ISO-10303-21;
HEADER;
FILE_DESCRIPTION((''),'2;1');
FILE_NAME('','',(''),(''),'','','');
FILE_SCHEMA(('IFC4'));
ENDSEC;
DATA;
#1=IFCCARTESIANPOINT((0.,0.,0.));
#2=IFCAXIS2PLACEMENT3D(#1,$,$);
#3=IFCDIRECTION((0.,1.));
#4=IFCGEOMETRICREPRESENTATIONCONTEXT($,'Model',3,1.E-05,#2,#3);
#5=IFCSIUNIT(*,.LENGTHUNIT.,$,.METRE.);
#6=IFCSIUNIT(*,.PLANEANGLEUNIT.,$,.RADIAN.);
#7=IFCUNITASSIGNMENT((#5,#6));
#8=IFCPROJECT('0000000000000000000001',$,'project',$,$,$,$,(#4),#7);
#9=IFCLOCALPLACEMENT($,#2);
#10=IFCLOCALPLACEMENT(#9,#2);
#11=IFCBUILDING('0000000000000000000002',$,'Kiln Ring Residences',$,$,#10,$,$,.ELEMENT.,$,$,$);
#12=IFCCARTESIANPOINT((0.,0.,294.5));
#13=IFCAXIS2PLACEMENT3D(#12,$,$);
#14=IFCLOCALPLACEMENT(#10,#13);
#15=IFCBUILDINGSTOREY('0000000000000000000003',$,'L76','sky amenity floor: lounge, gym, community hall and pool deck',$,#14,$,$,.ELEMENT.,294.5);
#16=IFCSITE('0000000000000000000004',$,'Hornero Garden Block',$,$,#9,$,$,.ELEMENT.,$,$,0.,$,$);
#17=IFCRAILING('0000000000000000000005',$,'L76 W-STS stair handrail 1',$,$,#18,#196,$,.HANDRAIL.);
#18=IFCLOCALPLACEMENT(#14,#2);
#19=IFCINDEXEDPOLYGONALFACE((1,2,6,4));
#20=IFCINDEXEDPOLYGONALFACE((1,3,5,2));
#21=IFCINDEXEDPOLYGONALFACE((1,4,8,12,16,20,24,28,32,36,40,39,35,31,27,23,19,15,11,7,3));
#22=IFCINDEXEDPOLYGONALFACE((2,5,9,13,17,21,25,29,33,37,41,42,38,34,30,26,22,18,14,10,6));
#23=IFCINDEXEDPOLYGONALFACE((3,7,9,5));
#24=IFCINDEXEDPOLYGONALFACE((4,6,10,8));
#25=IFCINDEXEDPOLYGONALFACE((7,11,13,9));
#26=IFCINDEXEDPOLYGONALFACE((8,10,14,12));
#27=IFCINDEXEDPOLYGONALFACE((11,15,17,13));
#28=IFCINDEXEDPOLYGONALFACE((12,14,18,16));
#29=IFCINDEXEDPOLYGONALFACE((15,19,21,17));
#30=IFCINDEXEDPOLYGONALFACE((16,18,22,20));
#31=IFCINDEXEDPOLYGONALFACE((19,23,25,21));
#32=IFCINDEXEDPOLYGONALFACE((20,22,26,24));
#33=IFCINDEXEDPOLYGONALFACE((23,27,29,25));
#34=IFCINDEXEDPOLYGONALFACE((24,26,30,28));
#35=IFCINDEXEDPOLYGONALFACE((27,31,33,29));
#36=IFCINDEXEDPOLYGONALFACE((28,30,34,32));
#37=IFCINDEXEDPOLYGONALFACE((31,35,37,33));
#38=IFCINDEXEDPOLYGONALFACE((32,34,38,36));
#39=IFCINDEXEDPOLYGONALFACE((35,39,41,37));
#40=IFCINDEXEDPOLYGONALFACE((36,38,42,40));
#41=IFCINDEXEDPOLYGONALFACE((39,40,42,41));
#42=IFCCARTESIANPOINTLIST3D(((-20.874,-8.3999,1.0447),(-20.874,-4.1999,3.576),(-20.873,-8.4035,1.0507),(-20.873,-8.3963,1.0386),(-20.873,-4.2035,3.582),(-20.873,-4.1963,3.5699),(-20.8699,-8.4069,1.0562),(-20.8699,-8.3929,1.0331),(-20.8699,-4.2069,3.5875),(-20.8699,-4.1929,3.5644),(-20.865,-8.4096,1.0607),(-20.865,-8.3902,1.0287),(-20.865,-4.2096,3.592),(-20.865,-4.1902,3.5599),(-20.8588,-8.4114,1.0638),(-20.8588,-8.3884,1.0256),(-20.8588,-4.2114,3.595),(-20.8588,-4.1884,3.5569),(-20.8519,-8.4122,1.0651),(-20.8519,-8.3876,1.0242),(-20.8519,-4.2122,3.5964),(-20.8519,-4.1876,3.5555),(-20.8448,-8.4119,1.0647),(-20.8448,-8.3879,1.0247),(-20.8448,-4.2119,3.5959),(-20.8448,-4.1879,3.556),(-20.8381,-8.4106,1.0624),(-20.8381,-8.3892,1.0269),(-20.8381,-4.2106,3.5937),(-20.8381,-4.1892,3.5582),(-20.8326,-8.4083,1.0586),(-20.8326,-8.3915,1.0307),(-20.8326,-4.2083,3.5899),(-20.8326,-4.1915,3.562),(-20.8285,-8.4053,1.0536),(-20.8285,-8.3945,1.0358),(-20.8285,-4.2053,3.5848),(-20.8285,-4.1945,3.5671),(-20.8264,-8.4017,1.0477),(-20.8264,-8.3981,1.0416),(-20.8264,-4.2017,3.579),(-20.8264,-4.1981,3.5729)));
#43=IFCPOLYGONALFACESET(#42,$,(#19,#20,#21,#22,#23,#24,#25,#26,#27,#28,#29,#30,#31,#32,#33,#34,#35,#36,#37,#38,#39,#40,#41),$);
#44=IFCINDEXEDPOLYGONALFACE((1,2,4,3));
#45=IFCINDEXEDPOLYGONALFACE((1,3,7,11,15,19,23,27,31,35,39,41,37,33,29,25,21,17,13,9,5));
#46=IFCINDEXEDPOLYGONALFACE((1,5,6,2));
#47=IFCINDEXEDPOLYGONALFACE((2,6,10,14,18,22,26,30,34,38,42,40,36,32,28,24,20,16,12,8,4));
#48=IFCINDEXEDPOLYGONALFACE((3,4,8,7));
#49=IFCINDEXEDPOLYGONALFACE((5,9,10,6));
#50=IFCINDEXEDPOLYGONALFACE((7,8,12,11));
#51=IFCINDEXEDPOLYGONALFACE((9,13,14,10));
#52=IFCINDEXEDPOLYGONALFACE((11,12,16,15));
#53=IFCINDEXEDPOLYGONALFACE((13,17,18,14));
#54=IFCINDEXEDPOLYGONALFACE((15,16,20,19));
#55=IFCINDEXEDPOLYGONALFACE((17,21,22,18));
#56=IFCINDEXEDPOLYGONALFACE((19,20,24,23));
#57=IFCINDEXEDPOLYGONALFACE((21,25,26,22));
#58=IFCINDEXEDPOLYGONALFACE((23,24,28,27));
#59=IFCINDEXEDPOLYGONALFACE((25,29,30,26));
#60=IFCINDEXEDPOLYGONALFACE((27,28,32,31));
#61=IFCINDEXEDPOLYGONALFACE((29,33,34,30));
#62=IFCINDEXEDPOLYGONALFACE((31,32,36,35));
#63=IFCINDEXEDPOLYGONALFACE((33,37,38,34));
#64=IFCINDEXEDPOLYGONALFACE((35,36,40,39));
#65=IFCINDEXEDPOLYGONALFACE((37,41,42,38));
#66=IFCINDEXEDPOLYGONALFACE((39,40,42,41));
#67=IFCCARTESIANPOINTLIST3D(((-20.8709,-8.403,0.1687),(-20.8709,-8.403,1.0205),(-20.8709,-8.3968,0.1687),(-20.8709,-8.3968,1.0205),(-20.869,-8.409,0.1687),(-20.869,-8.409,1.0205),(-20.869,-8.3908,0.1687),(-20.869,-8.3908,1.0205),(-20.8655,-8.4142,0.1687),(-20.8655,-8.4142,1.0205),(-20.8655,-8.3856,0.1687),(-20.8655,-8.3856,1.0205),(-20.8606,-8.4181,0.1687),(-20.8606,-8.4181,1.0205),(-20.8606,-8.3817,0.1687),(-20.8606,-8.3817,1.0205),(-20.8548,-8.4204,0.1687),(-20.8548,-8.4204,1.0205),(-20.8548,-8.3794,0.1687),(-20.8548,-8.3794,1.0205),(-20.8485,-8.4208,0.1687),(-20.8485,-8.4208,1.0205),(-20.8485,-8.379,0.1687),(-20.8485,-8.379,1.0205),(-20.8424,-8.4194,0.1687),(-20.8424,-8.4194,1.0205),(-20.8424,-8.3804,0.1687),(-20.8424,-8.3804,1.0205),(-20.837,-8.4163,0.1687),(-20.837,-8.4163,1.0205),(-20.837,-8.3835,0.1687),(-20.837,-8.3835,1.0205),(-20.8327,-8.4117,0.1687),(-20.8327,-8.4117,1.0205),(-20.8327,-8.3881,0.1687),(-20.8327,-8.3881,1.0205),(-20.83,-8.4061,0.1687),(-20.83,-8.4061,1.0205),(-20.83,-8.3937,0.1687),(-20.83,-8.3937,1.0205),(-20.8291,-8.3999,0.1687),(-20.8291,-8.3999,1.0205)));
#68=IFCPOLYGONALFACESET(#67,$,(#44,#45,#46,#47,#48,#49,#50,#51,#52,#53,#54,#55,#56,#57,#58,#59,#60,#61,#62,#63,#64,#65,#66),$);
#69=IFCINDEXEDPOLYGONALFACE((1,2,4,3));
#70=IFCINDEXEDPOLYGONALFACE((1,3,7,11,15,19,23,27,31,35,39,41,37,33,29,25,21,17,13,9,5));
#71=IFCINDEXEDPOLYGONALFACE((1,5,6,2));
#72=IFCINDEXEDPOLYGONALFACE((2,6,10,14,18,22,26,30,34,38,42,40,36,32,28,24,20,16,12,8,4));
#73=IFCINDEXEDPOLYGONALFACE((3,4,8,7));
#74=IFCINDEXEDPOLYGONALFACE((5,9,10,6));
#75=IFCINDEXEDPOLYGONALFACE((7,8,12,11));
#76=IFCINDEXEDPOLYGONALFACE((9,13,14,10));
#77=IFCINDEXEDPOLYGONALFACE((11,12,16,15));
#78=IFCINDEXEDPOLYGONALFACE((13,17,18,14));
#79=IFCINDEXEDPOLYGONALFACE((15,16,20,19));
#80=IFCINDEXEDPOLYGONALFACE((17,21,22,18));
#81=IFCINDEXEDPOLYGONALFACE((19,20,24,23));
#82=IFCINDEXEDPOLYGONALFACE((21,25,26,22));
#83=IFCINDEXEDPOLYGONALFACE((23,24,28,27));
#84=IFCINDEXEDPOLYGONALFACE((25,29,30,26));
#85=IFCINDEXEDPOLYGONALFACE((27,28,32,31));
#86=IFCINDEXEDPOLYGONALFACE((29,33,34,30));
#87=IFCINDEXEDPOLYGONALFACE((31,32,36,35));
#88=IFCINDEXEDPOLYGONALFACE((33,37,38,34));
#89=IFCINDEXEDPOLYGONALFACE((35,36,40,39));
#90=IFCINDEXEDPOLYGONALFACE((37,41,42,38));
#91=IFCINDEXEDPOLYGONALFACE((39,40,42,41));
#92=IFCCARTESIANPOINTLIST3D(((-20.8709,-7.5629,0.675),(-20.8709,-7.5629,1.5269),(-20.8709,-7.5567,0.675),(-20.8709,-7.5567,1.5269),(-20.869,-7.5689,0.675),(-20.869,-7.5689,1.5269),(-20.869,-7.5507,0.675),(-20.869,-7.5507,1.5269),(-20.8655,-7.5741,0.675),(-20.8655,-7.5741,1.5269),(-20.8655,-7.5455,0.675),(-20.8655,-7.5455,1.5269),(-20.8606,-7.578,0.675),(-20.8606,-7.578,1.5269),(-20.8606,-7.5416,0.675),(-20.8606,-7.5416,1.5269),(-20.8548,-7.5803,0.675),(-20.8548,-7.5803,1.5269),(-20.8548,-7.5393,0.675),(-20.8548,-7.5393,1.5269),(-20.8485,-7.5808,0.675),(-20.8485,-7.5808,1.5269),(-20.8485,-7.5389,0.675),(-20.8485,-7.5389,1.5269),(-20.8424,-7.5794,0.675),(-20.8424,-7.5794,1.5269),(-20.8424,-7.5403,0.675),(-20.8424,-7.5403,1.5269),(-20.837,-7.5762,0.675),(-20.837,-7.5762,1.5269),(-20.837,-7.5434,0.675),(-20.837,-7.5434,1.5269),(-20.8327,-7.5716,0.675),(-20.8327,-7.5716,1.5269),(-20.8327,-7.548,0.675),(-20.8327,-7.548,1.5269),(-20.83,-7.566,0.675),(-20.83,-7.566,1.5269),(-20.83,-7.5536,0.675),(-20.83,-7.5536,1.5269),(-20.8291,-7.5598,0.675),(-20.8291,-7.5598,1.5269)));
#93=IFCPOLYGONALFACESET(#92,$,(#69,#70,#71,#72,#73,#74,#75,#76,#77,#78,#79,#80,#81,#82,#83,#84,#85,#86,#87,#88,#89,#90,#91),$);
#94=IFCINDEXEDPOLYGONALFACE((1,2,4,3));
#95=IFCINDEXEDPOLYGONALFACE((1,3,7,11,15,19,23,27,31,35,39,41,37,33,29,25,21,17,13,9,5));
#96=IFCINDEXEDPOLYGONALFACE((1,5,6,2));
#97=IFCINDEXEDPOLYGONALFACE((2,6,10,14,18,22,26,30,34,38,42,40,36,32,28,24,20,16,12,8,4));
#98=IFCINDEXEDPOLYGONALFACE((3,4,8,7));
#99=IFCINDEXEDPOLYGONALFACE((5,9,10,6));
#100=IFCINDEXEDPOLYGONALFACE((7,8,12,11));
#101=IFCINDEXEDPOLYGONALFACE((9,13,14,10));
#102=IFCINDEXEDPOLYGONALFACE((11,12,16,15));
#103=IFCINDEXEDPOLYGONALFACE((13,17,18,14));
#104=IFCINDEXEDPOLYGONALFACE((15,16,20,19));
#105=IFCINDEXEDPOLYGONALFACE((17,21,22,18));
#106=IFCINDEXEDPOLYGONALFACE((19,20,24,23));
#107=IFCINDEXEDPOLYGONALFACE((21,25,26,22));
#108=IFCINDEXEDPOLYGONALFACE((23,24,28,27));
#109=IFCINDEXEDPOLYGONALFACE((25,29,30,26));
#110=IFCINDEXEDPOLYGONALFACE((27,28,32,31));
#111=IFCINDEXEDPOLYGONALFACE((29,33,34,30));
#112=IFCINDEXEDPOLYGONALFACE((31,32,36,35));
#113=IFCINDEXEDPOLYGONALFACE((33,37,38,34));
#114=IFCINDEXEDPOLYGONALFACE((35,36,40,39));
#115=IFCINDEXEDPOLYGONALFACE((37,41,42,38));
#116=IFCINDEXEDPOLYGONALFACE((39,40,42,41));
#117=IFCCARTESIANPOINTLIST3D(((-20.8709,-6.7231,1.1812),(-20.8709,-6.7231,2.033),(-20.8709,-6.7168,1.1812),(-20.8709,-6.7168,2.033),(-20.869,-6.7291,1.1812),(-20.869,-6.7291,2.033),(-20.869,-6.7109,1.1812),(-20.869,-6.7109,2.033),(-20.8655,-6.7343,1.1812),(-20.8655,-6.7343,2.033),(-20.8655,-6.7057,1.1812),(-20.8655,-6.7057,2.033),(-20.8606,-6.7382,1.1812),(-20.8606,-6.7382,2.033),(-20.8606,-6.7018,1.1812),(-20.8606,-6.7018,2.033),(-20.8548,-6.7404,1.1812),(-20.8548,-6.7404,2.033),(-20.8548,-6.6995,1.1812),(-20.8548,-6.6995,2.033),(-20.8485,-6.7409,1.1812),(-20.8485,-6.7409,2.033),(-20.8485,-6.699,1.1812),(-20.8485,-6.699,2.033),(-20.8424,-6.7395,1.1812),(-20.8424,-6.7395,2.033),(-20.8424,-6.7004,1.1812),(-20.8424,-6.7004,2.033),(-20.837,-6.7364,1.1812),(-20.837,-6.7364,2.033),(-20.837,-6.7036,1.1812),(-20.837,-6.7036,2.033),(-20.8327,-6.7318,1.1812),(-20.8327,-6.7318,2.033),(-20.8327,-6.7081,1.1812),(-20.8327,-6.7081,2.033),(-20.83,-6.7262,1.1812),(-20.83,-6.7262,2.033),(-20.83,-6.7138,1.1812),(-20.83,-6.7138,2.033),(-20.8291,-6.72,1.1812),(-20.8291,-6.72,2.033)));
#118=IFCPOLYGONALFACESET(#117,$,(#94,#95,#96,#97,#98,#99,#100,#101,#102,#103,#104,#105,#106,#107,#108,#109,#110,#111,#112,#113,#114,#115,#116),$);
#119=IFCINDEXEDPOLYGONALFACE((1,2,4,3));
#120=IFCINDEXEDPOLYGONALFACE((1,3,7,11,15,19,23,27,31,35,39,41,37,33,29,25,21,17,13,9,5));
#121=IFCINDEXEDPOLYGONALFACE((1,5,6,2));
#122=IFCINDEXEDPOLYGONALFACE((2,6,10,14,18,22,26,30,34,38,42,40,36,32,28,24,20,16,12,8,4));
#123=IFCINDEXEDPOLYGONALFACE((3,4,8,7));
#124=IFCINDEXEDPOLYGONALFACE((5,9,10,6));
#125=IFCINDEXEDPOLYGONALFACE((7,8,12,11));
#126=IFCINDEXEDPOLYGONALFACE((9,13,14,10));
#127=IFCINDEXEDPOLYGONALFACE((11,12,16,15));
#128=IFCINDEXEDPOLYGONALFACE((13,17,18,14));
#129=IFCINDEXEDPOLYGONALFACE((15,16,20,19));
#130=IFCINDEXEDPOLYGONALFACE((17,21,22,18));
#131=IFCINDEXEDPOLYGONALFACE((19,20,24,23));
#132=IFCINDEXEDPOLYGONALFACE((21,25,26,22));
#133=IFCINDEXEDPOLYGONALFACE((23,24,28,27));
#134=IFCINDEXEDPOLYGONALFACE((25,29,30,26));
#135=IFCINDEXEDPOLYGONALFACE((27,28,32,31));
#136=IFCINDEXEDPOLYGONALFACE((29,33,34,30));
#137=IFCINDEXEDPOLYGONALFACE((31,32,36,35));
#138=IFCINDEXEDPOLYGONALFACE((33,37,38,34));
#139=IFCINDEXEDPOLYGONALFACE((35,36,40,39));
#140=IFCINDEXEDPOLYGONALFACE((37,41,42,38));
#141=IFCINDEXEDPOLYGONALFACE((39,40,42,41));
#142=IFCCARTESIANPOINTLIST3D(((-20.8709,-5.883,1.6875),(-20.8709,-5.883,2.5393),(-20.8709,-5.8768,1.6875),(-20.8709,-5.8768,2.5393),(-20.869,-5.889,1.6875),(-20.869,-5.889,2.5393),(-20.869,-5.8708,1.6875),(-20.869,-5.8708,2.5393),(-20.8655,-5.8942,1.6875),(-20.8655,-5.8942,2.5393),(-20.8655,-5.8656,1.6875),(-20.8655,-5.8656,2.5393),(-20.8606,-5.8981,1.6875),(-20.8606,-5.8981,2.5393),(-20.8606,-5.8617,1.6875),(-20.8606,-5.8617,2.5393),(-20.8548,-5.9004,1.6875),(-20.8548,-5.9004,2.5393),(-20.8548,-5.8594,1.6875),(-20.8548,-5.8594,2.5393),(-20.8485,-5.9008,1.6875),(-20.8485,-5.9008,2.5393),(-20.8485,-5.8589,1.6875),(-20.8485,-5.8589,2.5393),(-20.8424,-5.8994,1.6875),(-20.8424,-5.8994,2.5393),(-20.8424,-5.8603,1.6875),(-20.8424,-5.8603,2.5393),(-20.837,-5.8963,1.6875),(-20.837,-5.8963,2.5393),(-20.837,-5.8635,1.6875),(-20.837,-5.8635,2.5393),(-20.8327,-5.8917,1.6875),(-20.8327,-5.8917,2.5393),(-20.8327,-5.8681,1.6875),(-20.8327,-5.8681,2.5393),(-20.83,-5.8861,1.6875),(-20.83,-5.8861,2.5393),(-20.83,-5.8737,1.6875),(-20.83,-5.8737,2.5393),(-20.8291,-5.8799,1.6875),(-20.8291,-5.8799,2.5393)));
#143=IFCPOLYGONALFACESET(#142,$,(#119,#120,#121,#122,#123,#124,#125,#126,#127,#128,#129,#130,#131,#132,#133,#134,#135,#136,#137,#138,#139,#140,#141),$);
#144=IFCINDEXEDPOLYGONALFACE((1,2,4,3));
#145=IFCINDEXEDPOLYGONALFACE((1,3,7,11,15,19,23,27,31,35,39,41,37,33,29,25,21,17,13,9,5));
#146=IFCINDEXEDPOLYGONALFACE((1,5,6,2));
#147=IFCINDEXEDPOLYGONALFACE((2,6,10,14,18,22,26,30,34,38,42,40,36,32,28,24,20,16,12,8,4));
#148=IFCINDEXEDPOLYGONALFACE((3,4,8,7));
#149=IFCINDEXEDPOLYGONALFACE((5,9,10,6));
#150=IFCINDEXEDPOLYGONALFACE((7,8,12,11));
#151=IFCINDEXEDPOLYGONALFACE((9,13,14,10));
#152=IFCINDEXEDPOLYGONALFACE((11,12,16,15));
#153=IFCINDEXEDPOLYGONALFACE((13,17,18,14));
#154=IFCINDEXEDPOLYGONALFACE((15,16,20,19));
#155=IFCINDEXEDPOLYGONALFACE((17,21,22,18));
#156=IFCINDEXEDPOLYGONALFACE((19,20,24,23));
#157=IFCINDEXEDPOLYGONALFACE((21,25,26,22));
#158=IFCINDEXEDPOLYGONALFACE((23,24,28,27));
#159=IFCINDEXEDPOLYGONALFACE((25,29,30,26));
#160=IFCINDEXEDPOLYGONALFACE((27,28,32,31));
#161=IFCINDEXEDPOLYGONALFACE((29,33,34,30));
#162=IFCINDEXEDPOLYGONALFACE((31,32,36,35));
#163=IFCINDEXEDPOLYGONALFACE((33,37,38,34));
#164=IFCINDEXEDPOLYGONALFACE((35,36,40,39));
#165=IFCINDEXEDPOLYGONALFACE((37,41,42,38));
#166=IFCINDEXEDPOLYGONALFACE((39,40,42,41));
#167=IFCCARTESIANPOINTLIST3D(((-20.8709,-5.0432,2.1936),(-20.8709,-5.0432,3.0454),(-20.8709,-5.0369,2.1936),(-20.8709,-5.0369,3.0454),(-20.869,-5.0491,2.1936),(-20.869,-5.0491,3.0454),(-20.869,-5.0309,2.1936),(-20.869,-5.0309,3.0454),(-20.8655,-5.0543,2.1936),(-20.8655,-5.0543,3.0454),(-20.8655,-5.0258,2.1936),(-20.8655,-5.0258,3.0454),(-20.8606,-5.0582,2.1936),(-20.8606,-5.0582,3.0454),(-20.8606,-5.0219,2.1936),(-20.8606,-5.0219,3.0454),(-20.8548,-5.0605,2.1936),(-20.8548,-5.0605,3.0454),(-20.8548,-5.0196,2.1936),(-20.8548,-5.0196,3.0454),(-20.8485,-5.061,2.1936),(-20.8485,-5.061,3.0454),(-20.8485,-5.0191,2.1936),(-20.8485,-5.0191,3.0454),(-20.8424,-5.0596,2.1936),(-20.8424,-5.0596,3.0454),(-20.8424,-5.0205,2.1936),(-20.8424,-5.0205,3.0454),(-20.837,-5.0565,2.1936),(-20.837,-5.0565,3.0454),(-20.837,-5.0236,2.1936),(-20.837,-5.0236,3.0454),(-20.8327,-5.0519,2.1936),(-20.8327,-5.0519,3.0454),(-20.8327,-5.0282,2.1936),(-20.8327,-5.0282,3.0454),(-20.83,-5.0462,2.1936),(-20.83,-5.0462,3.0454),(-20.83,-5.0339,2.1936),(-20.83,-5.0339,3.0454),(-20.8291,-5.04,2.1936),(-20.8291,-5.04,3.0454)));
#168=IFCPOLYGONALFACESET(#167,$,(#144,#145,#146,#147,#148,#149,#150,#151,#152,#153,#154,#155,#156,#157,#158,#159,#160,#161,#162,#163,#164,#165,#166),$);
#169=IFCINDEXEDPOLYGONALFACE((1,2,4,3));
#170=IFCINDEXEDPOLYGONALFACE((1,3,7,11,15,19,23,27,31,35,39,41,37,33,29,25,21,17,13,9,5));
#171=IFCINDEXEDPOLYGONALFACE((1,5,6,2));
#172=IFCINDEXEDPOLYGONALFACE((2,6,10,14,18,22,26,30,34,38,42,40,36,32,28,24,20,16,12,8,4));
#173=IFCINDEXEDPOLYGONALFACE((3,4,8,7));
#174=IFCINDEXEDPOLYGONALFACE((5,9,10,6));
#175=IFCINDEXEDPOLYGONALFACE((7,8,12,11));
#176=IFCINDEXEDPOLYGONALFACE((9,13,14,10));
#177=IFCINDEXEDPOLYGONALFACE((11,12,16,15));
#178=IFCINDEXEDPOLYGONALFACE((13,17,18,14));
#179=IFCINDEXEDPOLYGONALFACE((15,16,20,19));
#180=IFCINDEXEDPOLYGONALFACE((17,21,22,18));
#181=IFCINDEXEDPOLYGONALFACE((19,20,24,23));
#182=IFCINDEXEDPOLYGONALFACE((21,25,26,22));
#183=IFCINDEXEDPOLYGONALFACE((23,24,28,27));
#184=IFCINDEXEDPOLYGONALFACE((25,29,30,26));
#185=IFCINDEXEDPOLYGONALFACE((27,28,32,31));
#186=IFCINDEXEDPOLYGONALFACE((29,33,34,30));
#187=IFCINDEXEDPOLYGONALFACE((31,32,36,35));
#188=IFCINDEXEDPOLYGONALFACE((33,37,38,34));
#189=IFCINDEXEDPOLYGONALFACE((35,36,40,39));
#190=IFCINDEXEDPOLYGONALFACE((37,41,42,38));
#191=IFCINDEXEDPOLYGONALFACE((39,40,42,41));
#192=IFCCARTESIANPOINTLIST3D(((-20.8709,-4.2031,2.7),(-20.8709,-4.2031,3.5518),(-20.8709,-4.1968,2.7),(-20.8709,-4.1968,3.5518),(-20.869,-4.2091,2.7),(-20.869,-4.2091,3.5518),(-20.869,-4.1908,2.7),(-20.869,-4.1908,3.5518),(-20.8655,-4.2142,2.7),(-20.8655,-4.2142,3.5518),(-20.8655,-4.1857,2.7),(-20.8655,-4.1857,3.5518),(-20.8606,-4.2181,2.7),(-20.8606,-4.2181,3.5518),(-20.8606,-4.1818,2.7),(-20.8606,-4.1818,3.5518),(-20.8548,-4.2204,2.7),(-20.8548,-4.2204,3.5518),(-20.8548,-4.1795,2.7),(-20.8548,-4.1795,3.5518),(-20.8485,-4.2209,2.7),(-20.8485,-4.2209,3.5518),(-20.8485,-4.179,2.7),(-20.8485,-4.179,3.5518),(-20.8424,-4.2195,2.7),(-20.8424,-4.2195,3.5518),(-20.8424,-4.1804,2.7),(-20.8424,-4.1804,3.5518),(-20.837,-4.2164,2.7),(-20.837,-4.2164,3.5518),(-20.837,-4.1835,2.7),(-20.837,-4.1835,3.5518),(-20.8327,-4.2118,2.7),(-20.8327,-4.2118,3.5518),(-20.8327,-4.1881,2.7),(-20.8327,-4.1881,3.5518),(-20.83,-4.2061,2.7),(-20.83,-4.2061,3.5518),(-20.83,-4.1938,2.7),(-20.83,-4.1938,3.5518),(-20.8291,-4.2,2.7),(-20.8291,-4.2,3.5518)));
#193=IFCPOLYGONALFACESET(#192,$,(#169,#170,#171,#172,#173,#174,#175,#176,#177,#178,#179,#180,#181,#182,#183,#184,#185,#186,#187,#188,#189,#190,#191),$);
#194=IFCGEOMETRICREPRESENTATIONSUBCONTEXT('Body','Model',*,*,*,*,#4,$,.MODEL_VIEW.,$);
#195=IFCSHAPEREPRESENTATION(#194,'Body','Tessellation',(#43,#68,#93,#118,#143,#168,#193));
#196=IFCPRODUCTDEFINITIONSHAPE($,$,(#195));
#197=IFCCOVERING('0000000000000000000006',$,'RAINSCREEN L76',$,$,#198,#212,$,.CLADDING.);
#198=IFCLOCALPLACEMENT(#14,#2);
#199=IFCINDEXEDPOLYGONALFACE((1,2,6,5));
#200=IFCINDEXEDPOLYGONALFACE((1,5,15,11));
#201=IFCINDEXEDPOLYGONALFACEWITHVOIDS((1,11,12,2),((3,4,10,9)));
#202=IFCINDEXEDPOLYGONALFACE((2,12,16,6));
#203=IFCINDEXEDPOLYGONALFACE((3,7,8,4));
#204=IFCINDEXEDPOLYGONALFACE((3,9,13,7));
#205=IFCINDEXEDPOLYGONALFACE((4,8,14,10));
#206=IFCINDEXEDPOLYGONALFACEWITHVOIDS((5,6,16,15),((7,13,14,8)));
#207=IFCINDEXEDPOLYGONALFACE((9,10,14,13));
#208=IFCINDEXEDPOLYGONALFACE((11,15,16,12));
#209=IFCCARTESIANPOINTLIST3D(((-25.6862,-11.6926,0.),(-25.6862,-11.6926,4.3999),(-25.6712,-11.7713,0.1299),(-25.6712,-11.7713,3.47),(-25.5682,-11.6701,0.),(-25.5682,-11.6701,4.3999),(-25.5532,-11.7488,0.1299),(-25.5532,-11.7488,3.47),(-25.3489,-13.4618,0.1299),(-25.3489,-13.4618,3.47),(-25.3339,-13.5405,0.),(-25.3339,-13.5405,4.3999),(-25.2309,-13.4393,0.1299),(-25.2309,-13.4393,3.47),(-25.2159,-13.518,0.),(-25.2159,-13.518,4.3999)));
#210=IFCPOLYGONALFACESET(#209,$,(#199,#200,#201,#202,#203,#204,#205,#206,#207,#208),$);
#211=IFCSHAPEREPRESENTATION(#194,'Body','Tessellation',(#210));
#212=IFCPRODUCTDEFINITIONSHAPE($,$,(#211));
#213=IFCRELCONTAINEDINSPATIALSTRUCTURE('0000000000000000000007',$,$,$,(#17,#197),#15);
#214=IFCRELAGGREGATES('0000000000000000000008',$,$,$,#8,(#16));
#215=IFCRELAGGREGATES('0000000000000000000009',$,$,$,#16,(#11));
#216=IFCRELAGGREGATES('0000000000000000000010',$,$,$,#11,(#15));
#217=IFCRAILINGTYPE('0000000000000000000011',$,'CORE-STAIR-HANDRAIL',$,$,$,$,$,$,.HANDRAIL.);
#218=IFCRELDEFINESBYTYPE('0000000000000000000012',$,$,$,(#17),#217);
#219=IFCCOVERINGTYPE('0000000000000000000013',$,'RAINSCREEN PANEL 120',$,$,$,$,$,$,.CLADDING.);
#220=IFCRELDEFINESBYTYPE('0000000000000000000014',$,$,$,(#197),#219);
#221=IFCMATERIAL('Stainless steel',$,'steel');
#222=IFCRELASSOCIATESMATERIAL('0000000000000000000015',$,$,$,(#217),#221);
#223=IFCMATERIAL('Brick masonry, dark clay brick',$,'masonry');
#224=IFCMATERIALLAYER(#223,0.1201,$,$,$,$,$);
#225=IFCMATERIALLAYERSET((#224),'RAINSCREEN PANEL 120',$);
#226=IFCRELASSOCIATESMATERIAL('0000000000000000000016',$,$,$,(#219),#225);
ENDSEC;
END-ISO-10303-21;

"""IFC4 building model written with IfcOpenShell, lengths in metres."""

from ifc_helpers import new_model, si_unit, direction, frame, origin, origin_2d, place, context, subcontext, project, spatial, polyline, circle, outline, extrude, material, layer, layer_set, type_object, element, save


model = new_model("IFC4")

# Units and contexts
model_context = context("Model", 3, precision=1e-05, world=origin(), true_north=direction((0.0, 1.0)))
body_context = subcontext(model_context, "Body", "Model", "MODEL_VIEW")
ifc_project = project(units=[si_unit("LENGTHUNIT", "METRE"), si_unit("PLANEANGLEUNIT", "RADIAN")], contexts=[model_context])

# Site, building, storey
site_placement = place(None, origin())
site = spatial("IfcSite", under=ifc_project, at=site_placement, Name="Hornero Garden Block", CompositionType="ELEMENT", RefElevation=0.0)
building_placement = place(site_placement, origin())
building = spatial("IfcBuilding", under=site, at=building_placement, Name="Kiln Ring Residences", CompositionType="ELEMENT")
storey_placement = place(building_placement, frame((0.0, 0.0, 294.5)))
storey = spatial("IfcBuildingStorey", under=building, at=storey_placement, Name="L76", Description="sky amenity floor: lounge, gym, community hall and pool deck", CompositionType="ELEMENT", Elevation=294.5)

# Railing
ifc_material_1 = material(Name="Stainless steel", Category="steel")
railing_type_1 = type_object("IfcRailingType", Name="CORE-STAIR-HANDRAIL", PredefinedType="HANDRAIL", material=ifc_material_1)
railing_1_placement = place(storey_placement, frame((-20.8501, -8.3999, 0.1687)))
element("IfcRailing", 1, at=railing_1_placement, inside=storey, type_object=railing_type_1, Name="L76 W-STS stair handrail 1", PredefinedType="HANDRAIL", context=body_context, shape_type="SweptSolid", body=[
    extrude(circle(Radius=0.0239, at=origin_2d()), frame((0.0, 0.0, 0.876), z_axis=(0.0, 0.856476, 0.516186), x_axis=(-1.0, 0.0, 0.0)), (0.0, 0.0, 1.0), 4.9038),
    extrude(circle(Radius=0.021, at=origin_2d()), origin(), (0.0, 0.0, 1.0), 0.8518),
    extrude(circle(Radius=0.021, at=origin_2d()), frame((0.0, 0.8401, 0.5063)), (0.0, 0.0, 1.0), 0.8518),
    extrude(circle(Radius=0.021, at=origin_2d()), frame((0.0, 1.6799, 1.0125)), (0.0, 0.0, 1.0), 0.8518),
    extrude(circle(Radius=0.021, at=origin_2d()), frame((0.0, 2.52, 1.5188)), (0.0, 0.0, 1.0), 0.8518),
    extrude(circle(Radius=0.021, at=origin_2d()), frame((0.0, 3.3599, 2.0249)), (0.0, 0.0, 1.0), 0.8518),
    extrude(circle(Radius=0.021, at=origin_2d()), frame((0.0, 4.2, 2.5312)), (0.0, 0.0, 1.0), 0.8518),
])

# Covering
ifc_material_2 = material(Name="Brick masonry, dark clay brick", Category="masonry")
ifc_layer_1 = layer(ifc_material_2, 0.1201)
ifc_layer_set_1 = layer_set([ifc_layer_1], Name="RAINSCREEN PANEL 120")
covering_type = type_object("IfcCoveringType", Name="RAINSCREEN PANEL 120", PredefinedType="CLADDING", material=ifc_layer_set_1)
covering_placement = place(storey_placement, frame((-25.6272, -11.6814, 0.0), z_axis=(0.0, 0.0, 1.0), x_axis=(0.187273, -0.982308, 0.0)))
element("IfcCovering", 2, at=covering_placement, inside=storey, type_object=covering_type, Name="RAINSCREEN L76", PredefinedType="CLADDING", context=body_context, shape_type="SweptSolid", body=[
    extrude(outline(polyline([(0.0, 0.0), (1.8811, 0.0), (1.8811, 4.3999), (0.0, 4.3999), (0.0, 0.0)]), holes=[polyline([(0.0801, 3.47), (0.0801, 0.1299), (1.801, 0.1299), (1.801, 3.47), (0.0801, 3.47)])]), frame((0.0, 0.0601, 0.0), z_axis=(0.0, -1.0, 0.0), x_axis=(1.0, 0.0, 0.0)), (0.0, 0.0, 1.0), 0.1201),
])

save(model, "model.ifc")
